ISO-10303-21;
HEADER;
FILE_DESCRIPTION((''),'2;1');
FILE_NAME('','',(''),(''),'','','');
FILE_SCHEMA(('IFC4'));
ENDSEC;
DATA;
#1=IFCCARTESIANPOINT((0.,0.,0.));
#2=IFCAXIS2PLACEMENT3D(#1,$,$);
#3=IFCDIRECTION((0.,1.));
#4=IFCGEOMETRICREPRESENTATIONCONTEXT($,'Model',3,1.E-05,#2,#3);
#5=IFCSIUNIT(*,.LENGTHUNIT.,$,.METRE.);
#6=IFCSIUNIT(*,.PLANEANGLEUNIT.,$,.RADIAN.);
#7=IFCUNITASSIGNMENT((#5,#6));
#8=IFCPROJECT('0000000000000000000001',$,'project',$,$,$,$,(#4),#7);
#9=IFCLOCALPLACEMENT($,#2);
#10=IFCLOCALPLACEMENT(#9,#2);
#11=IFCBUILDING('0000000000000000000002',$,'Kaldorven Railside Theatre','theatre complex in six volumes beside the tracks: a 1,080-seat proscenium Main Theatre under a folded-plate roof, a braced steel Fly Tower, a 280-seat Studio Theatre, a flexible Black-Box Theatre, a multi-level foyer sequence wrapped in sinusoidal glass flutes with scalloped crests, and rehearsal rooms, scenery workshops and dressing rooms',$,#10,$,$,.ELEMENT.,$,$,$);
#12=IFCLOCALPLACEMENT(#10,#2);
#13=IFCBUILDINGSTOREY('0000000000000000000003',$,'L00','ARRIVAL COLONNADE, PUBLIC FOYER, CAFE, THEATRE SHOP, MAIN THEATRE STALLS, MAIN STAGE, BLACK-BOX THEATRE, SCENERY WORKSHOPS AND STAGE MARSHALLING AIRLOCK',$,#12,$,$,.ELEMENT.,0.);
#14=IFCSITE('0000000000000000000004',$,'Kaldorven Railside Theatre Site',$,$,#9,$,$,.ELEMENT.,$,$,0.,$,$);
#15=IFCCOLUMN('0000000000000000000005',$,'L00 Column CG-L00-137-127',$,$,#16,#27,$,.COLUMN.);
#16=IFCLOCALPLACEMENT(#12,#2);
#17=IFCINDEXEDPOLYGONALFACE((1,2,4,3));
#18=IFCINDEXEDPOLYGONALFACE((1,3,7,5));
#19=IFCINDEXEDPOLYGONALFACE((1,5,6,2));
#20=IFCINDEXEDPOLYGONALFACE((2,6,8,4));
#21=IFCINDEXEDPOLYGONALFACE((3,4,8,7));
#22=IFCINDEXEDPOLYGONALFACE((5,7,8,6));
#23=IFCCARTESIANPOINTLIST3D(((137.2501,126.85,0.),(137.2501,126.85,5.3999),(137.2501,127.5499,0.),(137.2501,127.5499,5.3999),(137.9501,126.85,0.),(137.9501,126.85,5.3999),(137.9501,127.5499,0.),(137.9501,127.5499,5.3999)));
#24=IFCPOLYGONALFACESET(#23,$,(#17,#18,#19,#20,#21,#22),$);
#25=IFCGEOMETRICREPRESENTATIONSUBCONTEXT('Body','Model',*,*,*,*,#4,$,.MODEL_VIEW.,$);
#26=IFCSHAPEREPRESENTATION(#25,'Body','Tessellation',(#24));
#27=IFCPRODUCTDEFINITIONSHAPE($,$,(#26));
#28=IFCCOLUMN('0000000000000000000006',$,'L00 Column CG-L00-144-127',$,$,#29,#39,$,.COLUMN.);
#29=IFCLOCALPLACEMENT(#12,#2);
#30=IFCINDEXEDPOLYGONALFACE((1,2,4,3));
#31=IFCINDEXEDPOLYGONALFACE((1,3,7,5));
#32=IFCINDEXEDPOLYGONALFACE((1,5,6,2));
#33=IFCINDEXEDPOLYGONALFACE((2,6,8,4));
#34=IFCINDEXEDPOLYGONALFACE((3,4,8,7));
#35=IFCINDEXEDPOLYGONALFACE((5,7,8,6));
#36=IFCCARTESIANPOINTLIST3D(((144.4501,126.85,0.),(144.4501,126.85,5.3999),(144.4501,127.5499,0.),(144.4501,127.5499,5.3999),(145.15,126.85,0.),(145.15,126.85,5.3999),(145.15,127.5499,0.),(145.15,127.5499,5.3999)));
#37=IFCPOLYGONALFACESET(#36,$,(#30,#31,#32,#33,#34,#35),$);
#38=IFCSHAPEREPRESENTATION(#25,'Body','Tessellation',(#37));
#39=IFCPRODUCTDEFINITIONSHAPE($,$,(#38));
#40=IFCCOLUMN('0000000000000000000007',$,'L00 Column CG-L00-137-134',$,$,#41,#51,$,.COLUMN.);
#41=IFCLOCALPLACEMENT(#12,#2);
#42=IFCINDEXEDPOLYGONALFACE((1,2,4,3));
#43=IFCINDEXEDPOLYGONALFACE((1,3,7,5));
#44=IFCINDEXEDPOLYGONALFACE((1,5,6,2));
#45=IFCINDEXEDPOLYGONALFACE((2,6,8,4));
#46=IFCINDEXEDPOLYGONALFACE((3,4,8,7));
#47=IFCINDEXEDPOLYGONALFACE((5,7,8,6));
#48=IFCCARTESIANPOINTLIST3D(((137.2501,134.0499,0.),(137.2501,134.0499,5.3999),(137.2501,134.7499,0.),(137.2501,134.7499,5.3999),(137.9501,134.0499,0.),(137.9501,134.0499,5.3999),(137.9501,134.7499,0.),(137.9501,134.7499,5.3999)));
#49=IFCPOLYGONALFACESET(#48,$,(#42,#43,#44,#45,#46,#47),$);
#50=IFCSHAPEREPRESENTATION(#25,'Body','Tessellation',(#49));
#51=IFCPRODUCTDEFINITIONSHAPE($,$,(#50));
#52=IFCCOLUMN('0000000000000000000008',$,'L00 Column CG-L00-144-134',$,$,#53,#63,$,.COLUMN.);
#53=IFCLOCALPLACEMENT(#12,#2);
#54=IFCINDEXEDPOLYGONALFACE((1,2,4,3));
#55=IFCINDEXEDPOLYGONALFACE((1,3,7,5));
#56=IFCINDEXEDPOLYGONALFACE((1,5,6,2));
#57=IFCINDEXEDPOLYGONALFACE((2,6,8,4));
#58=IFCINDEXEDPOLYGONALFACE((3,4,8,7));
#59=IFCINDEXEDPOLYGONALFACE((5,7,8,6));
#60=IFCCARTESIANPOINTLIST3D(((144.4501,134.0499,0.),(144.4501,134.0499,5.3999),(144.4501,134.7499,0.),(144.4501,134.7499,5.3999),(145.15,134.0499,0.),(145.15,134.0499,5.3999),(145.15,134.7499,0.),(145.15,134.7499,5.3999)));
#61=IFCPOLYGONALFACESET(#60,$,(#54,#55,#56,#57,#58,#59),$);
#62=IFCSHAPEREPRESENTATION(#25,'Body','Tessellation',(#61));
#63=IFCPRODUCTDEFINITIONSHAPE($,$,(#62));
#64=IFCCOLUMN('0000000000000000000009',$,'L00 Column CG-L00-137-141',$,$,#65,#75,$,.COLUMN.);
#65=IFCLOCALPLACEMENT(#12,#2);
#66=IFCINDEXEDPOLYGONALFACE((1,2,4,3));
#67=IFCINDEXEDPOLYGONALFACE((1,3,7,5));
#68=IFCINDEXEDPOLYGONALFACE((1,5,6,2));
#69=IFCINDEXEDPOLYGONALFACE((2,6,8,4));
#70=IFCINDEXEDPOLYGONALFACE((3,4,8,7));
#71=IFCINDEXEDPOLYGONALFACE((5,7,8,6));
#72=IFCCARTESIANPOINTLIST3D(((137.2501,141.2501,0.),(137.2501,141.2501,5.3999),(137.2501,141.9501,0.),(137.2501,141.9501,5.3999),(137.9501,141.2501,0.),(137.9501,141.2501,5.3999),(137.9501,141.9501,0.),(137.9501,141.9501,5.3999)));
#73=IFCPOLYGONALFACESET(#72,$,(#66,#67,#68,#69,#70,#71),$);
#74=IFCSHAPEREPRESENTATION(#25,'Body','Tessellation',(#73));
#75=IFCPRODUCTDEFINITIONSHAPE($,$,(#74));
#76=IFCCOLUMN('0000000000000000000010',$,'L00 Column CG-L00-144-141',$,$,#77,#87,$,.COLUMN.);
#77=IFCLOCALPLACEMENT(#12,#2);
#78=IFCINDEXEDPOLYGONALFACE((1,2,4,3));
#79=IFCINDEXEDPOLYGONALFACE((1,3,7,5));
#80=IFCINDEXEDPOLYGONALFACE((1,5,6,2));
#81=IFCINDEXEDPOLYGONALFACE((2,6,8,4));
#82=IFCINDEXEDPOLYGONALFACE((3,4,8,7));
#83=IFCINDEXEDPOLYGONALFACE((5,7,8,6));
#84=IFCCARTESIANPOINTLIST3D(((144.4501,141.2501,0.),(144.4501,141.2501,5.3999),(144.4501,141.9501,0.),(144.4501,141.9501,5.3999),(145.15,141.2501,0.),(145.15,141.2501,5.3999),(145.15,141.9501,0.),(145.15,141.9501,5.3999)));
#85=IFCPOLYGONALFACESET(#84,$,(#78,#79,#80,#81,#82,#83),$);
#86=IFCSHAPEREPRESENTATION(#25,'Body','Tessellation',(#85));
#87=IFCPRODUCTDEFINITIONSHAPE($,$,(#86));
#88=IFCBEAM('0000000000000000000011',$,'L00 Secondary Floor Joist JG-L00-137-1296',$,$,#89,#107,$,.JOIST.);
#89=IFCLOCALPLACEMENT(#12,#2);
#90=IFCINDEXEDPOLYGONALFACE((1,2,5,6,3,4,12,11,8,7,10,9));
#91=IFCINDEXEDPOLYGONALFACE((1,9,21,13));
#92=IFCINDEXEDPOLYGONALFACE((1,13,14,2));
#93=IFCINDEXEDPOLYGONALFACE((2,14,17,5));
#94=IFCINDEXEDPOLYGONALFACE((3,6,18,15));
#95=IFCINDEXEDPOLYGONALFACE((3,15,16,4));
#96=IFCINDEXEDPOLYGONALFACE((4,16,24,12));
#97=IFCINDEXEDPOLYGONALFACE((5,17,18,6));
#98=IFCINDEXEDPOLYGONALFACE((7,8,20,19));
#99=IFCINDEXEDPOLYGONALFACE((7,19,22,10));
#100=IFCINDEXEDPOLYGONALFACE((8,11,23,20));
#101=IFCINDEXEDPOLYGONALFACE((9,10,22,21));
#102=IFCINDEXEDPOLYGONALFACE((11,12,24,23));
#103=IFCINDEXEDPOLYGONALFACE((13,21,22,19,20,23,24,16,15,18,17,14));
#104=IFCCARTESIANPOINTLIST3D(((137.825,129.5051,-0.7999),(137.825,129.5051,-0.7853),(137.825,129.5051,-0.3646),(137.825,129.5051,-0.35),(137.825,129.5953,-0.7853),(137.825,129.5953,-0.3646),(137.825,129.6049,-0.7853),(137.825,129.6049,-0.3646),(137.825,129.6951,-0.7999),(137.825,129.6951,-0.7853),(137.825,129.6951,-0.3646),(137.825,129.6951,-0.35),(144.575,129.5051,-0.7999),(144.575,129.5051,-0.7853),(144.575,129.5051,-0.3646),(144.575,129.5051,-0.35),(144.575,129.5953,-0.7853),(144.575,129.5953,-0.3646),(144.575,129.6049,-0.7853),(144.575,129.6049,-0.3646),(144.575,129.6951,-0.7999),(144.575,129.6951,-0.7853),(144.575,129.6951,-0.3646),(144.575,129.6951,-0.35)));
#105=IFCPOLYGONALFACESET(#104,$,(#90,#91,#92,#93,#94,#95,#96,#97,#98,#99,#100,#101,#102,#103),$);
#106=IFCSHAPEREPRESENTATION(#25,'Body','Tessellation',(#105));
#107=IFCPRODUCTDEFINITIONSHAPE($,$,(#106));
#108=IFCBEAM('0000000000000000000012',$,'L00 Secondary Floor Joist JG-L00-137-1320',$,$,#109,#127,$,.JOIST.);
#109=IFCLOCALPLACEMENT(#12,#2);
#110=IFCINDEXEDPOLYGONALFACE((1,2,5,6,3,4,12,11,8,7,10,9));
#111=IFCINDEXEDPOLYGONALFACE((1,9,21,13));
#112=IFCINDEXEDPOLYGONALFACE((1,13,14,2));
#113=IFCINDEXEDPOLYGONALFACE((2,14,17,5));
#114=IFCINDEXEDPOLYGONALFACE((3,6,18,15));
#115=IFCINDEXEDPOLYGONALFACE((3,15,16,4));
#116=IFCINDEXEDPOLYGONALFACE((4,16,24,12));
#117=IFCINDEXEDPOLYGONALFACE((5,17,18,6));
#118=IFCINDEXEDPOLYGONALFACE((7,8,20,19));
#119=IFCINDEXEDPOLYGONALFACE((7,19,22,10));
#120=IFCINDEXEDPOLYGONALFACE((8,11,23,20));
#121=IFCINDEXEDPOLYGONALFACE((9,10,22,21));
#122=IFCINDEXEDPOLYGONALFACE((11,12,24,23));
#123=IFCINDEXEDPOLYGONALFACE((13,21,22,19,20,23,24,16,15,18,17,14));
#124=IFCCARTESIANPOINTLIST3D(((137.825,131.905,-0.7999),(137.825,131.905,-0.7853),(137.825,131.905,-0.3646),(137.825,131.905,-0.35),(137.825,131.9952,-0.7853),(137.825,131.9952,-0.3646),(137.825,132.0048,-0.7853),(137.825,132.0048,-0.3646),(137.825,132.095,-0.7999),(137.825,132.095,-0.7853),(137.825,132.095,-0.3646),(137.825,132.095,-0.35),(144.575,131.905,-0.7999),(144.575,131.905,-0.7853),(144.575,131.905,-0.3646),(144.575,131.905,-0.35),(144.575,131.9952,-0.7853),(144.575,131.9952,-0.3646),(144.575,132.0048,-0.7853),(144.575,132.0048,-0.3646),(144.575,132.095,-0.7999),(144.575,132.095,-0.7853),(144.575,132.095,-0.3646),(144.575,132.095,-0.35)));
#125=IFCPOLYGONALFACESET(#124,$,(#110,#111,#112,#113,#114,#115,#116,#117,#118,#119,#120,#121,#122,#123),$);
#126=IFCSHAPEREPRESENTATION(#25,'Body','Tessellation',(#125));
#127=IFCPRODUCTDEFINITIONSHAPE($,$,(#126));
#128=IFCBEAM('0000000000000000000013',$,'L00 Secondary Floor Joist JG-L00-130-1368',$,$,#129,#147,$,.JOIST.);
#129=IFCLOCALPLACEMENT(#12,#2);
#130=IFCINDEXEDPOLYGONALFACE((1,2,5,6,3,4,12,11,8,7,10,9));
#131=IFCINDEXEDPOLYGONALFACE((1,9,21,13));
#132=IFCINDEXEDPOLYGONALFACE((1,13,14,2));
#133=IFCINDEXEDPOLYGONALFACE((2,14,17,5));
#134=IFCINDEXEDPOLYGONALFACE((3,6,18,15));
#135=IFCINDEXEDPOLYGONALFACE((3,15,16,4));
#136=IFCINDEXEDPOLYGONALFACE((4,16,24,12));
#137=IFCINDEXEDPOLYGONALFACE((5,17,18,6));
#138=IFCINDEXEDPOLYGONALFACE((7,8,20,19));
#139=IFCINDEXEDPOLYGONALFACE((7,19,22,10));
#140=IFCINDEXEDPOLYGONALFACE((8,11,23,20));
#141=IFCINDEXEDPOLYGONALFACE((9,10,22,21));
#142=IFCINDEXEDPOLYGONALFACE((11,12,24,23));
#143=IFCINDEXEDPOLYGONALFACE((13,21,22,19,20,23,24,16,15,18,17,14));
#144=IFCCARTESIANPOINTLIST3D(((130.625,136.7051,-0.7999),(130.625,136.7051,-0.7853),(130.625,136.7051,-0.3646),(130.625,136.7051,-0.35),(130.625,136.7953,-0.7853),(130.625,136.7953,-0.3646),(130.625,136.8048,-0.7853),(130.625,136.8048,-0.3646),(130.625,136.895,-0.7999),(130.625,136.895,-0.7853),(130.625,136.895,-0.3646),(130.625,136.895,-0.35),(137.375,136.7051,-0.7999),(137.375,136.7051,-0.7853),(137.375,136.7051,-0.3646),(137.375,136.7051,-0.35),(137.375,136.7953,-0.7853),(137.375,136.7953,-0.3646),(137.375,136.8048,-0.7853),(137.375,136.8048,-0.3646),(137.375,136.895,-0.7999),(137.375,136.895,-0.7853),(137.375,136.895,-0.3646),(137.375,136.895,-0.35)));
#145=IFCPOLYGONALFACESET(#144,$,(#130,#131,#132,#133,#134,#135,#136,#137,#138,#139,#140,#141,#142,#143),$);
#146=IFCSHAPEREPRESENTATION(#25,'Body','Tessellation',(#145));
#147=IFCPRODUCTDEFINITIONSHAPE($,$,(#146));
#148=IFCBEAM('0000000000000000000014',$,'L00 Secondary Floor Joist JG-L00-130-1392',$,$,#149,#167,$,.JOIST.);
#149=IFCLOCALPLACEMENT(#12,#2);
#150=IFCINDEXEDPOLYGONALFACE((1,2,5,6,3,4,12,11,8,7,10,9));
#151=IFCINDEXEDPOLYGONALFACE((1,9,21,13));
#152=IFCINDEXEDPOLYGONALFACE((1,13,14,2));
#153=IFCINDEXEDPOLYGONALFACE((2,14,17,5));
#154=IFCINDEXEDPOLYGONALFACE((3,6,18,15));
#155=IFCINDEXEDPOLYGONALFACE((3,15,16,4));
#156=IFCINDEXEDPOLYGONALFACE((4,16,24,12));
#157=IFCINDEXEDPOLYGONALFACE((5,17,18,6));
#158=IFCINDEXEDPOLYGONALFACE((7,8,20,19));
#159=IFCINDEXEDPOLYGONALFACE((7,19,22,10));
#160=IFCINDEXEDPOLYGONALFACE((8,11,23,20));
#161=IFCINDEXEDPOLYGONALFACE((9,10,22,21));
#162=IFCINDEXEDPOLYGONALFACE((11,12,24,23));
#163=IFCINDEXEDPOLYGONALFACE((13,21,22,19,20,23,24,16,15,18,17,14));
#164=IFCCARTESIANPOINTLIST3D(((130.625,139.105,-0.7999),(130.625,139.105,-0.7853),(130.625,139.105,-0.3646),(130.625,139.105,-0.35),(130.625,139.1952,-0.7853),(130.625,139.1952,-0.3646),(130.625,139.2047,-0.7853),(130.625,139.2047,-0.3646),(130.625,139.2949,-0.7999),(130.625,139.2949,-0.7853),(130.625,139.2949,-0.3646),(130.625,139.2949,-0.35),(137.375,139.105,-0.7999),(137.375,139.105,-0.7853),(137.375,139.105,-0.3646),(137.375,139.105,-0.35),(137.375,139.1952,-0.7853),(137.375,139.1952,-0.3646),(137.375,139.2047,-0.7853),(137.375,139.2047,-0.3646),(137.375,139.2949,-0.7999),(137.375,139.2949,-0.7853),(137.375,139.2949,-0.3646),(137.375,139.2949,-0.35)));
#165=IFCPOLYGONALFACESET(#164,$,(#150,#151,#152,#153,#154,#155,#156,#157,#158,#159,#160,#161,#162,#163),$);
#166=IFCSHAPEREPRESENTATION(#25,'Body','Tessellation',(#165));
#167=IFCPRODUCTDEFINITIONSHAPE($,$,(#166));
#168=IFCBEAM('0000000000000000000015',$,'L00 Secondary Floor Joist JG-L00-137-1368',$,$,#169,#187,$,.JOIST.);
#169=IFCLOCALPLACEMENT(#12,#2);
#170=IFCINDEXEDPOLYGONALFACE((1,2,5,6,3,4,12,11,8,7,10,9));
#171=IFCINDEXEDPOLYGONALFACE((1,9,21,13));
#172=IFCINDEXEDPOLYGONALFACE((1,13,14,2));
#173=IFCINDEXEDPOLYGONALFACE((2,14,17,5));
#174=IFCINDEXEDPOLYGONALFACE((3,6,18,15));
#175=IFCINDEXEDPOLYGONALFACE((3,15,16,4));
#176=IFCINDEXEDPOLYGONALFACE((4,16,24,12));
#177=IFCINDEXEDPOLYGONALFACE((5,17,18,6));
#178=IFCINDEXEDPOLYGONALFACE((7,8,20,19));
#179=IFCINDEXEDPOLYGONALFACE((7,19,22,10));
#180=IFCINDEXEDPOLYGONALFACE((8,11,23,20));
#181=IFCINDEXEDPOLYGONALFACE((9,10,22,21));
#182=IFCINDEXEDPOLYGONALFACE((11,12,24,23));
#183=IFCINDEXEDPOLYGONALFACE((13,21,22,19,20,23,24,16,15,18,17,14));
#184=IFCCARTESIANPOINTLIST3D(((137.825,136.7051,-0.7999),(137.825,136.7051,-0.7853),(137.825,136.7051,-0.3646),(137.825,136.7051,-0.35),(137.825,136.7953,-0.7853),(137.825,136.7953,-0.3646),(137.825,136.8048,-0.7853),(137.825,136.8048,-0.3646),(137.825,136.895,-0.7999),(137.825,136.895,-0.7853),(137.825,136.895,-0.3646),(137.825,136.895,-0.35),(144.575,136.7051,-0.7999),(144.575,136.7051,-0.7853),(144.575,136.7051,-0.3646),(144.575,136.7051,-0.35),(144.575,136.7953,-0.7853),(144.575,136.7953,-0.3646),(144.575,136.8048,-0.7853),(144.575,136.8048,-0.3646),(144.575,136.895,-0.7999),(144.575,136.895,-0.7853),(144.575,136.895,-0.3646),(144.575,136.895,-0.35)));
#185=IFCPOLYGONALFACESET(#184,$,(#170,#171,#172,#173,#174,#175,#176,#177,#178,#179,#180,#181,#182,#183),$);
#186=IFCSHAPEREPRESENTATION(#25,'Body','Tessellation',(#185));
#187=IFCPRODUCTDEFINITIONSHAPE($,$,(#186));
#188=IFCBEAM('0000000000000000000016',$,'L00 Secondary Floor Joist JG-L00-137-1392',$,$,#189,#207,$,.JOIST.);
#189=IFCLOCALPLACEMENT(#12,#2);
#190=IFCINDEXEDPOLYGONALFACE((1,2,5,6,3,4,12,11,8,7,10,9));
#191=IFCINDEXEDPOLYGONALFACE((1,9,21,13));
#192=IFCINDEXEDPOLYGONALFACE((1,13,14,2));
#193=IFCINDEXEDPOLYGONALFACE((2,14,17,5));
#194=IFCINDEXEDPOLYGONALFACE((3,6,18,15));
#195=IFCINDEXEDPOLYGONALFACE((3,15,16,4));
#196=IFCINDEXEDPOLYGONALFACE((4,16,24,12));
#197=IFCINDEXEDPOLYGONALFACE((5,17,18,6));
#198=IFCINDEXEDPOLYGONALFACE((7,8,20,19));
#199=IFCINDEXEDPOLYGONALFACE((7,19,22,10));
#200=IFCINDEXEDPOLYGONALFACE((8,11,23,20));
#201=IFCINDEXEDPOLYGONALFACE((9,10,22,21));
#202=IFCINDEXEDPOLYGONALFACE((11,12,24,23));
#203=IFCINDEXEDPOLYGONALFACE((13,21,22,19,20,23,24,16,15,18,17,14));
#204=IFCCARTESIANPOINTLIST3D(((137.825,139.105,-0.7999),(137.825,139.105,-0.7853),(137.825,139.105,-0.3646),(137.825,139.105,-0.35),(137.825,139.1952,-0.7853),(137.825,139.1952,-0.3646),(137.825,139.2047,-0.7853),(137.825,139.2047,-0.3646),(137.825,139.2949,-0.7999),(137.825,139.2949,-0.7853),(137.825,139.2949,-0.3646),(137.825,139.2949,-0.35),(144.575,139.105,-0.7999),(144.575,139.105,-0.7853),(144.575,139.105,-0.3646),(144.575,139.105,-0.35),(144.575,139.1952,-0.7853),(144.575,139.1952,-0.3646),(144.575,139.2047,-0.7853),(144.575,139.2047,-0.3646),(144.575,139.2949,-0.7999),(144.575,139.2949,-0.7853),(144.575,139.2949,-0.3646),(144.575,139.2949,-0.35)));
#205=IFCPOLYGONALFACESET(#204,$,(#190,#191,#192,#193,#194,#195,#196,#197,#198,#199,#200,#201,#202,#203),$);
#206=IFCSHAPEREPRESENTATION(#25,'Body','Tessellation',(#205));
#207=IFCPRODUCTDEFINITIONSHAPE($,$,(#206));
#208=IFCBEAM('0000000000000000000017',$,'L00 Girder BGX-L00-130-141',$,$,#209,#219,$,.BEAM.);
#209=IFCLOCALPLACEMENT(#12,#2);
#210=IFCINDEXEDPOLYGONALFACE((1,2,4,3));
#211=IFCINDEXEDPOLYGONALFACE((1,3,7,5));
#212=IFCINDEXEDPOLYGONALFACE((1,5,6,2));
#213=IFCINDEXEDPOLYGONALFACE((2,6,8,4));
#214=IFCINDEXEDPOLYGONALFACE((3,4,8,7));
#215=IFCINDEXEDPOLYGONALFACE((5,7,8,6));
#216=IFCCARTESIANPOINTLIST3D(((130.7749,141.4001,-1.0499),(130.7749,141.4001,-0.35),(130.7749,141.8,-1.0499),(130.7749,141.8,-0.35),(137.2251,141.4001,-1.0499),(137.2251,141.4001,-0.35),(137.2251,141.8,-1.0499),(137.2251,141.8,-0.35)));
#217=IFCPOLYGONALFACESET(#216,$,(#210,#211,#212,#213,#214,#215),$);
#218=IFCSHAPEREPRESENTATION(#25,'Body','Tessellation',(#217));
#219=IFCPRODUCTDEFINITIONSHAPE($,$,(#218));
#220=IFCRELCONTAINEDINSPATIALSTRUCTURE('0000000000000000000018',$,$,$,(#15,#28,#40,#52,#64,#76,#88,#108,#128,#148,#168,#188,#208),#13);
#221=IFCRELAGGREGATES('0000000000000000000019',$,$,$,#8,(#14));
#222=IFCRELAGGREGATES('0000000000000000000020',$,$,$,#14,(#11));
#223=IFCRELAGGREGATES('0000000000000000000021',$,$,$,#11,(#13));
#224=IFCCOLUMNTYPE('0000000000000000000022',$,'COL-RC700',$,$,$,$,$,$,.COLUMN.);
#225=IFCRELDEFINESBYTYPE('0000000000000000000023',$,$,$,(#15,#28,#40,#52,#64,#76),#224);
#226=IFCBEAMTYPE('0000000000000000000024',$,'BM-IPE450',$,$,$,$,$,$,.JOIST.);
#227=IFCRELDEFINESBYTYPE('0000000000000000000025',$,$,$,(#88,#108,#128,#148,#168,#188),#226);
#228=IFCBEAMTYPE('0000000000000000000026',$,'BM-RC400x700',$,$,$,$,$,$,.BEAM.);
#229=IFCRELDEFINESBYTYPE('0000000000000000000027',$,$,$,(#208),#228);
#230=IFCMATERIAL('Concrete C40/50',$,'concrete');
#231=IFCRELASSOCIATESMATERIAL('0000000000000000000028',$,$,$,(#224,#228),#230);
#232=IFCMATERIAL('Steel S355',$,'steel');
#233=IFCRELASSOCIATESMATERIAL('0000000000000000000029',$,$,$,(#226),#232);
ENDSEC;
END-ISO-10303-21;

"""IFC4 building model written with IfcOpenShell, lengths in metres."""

from ifc_helpers import new_model, si_unit, direction, frame, origin, origin_2d, place, context, subcontext, project, spatial, rectangle, i_section, extrude, material, material_profile, profile_set, type_object, element, save


model = new_model("IFC4")

# Units and contexts
model_context = context("Model", 3, precision=1e-05, world=origin(), true_north=direction((0.0, 1.0)))
body_context = subcontext(model_context, "Body", "Model", "MODEL_VIEW")
ifc_project = project(units=[si_unit("LENGTHUNIT", "METRE"), si_unit("PLANEANGLEUNIT", "RADIAN")], contexts=[model_context])

# Site, building, storey
site_placement = place(None, origin())
site = spatial("IfcSite", under=ifc_project, at=site_placement, Name="Kaldorven Railside Theatre Site", CompositionType="ELEMENT", RefElevation=0.0)
building_placement = place(site_placement, origin())
building = spatial("IfcBuilding", under=site, at=building_placement, Name="Kaldorven Railside Theatre", Description="theatre complex in six volumes beside the tracks: a 1,080-seat proscenium Main Theatre under a folded-plate roof, a braced steel Fly Tower, a 280-seat Studio Theatre, a flexible Black-Box Theatre, a multi-level foyer sequence wrapped in sinusoidal glass flutes with scalloped crests, and rehearsal rooms, scenery workshops and dressing rooms", CompositionType="ELEMENT")
storey_placement = place(building_placement, origin())
storey = spatial("IfcBuildingStorey", under=building, at=storey_placement, Name="L00", Description="ARRIVAL COLONNADE, PUBLIC FOYER, CAFE, THEATRE SHOP, MAIN THEATRE STALLS, MAIN STAGE, BLACK-BOX THEATRE, SCENERY WORKSHOPS AND STAGE MARSHALLING AIRLOCK", CompositionType="ELEMENT", Elevation=0.0)

# Columns
ifc_material_1 = material(Name="Concrete C40/50", Category="concrete")
ifc_material_profile_1 = material_profile(ifc_material_1, rectangle(XDim=0.7, YDim=0.7, at=origin_2d()), Name="RC 700x700")
ifc_profile_set_1 = profile_set([ifc_material_profile_1], Name="Concrete C40/50")
column_type = type_object("IfcColumnType", Name="COL-RC700", PredefinedType="COLUMN", material=ifc_profile_set_1)
for number, where, z_axis, x_axis, name in (
    (1, (137.6001, 127.2, 0.0), (0.0, 0.0, 1.0), (1.0, 0.0, 0.0), "L00 Column CG-L00-137-127"),
    (2, (144.8, 127.2, 0.0), (0.0, 0.0, 1.0), (1.0, 0.0, 0.0), "L00 Column CG-L00-144-127"),
    (3, (137.6001, 134.3999, 0.0), (0.0, 0.0, 1.0), (1.0, 0.0, 0.0), "L00 Column CG-L00-137-134"),
    (4, (144.8, 134.3999, 0.0), (0.0, 0.0, 1.0), (0.0, 1.0, 0.0), "L00 Column CG-L00-144-134"),
    (5, (137.6001, 141.6001, 0.0), (0.0, 0.0, 1.0), (0.0, 1.0, 0.0), "L00 Column CG-L00-137-141"),
    (6, (144.8, 141.6001, 0.0), (0.0, 0.0, 1.0), (1.0, 0.0, 0.0), "L00 Column CG-L00-144-141"),
):
    element("IfcColumn", number, at=place(storey_placement, frame(where, z_axis=z_axis, x_axis=x_axis)), inside=storey, type_object=column_type, Name=name, PredefinedType="COLUMN", context=body_context, shape_type="SweptSolid", body=[
        extrude(rectangle(XDim=0.7, YDim=0.7, at=origin_2d()), origin(), (0.0, 0.0, 1.0), 5.3999),
    ])

# Beams
ifc_material_2 = material(Name="Steel S355", Category="steel")
ifc_material_profile_2 = material_profile(ifc_material_2, i_section(OverallWidth=0.1899, OverallDepth=0.45, WebThickness=0.0095, FlangeThickness=0.0146, at=origin_2d()), Name="IPE 450")
ifc_profile_set_2 = profile_set([ifc_material_profile_2], Name="Steel S355")
beam_type_1 = type_object("IfcBeamType", Name="BM-IPE450", PredefinedType="JOIST", material=ifc_profile_set_2)
for number, where, z_axis, x_axis, name in (
    (7, (137.825, 129.6001, -0.575), (1.0, 0.0, 0.0), (0.0, 1.0, 0.0), "L00 Secondary Floor Joist JG-L00-137-1296"),
    (8, (137.825, 132.0, -0.575), (1.0, 0.0, 0.0), (0.0, 1.0, 0.0), "L00 Secondary Floor Joist JG-L00-137-1320"),
    (9, (130.625, 136.8, -0.575), (1.0, 0.0, 0.0), (0.0, 1.0, 0.0), "L00 Secondary Floor Joist JG-L00-130-1368"),
    (10, (130.625, 139.2, -0.575), (1.0, 0.0, 0.0), (0.0, 1.0, 0.0), "L00 Secondary Floor Joist JG-L00-130-1392"),
    (11, (137.825, 136.8, -0.575), (1.0, 0.0, 0.0), (0.0, 1.0, 0.0), "L00 Secondary Floor Joist JG-L00-137-1368"),
    (12, (137.825, 139.2, -0.575), (1.0, 0.0, 0.0), (0.0, 1.0, 0.0), "L00 Secondary Floor Joist JG-L00-137-1392"),
):
    element("IfcBeam", number, at=place(storey_placement, frame(where, z_axis=z_axis, x_axis=x_axis)), inside=storey, type_object=beam_type_1, Name=name, PredefinedType="JOIST", context=body_context, shape_type="SweptSolid", body=[
        extrude(i_section(OverallWidth=0.1899, OverallDepth=0.45, WebThickness=0.0095, FlangeThickness=0.0146, at=origin_2d()), origin(), (0.0, 0.0, 1.0), 6.75),
    ])
ifc_material_profile_3 = material_profile(ifc_material_1, rectangle(XDim=0.3999, YDim=0.7, at=origin_2d()), Name="RC 400x700")
ifc_profile_set_3 = profile_set([ifc_material_profile_3], Name="Concrete C40/50")
beam_type_2 = type_object("IfcBeamType", Name="BM-RC400x700", PredefinedType="BEAM", material=ifc_profile_set_3)
beam_1_placement = place(storey_placement, frame((130.7749, 141.6001, -0.7), z_axis=(1.0, 0.0, 0.0), x_axis=(0.0, 1.0, 0.0)))
element("IfcBeam", 13, at=beam_1_placement, inside=storey, type_object=beam_type_2, Name="L00 Girder BGX-L00-130-141", PredefinedType="BEAM", context=body_context, shape_type="SweptSolid", body=[
    extrude(rectangle(XDim=0.3999, YDim=0.7, at=origin_2d()), origin(), (0.0, 0.0, 1.0), 6.4502),
])

save(model, "model.ifc")
